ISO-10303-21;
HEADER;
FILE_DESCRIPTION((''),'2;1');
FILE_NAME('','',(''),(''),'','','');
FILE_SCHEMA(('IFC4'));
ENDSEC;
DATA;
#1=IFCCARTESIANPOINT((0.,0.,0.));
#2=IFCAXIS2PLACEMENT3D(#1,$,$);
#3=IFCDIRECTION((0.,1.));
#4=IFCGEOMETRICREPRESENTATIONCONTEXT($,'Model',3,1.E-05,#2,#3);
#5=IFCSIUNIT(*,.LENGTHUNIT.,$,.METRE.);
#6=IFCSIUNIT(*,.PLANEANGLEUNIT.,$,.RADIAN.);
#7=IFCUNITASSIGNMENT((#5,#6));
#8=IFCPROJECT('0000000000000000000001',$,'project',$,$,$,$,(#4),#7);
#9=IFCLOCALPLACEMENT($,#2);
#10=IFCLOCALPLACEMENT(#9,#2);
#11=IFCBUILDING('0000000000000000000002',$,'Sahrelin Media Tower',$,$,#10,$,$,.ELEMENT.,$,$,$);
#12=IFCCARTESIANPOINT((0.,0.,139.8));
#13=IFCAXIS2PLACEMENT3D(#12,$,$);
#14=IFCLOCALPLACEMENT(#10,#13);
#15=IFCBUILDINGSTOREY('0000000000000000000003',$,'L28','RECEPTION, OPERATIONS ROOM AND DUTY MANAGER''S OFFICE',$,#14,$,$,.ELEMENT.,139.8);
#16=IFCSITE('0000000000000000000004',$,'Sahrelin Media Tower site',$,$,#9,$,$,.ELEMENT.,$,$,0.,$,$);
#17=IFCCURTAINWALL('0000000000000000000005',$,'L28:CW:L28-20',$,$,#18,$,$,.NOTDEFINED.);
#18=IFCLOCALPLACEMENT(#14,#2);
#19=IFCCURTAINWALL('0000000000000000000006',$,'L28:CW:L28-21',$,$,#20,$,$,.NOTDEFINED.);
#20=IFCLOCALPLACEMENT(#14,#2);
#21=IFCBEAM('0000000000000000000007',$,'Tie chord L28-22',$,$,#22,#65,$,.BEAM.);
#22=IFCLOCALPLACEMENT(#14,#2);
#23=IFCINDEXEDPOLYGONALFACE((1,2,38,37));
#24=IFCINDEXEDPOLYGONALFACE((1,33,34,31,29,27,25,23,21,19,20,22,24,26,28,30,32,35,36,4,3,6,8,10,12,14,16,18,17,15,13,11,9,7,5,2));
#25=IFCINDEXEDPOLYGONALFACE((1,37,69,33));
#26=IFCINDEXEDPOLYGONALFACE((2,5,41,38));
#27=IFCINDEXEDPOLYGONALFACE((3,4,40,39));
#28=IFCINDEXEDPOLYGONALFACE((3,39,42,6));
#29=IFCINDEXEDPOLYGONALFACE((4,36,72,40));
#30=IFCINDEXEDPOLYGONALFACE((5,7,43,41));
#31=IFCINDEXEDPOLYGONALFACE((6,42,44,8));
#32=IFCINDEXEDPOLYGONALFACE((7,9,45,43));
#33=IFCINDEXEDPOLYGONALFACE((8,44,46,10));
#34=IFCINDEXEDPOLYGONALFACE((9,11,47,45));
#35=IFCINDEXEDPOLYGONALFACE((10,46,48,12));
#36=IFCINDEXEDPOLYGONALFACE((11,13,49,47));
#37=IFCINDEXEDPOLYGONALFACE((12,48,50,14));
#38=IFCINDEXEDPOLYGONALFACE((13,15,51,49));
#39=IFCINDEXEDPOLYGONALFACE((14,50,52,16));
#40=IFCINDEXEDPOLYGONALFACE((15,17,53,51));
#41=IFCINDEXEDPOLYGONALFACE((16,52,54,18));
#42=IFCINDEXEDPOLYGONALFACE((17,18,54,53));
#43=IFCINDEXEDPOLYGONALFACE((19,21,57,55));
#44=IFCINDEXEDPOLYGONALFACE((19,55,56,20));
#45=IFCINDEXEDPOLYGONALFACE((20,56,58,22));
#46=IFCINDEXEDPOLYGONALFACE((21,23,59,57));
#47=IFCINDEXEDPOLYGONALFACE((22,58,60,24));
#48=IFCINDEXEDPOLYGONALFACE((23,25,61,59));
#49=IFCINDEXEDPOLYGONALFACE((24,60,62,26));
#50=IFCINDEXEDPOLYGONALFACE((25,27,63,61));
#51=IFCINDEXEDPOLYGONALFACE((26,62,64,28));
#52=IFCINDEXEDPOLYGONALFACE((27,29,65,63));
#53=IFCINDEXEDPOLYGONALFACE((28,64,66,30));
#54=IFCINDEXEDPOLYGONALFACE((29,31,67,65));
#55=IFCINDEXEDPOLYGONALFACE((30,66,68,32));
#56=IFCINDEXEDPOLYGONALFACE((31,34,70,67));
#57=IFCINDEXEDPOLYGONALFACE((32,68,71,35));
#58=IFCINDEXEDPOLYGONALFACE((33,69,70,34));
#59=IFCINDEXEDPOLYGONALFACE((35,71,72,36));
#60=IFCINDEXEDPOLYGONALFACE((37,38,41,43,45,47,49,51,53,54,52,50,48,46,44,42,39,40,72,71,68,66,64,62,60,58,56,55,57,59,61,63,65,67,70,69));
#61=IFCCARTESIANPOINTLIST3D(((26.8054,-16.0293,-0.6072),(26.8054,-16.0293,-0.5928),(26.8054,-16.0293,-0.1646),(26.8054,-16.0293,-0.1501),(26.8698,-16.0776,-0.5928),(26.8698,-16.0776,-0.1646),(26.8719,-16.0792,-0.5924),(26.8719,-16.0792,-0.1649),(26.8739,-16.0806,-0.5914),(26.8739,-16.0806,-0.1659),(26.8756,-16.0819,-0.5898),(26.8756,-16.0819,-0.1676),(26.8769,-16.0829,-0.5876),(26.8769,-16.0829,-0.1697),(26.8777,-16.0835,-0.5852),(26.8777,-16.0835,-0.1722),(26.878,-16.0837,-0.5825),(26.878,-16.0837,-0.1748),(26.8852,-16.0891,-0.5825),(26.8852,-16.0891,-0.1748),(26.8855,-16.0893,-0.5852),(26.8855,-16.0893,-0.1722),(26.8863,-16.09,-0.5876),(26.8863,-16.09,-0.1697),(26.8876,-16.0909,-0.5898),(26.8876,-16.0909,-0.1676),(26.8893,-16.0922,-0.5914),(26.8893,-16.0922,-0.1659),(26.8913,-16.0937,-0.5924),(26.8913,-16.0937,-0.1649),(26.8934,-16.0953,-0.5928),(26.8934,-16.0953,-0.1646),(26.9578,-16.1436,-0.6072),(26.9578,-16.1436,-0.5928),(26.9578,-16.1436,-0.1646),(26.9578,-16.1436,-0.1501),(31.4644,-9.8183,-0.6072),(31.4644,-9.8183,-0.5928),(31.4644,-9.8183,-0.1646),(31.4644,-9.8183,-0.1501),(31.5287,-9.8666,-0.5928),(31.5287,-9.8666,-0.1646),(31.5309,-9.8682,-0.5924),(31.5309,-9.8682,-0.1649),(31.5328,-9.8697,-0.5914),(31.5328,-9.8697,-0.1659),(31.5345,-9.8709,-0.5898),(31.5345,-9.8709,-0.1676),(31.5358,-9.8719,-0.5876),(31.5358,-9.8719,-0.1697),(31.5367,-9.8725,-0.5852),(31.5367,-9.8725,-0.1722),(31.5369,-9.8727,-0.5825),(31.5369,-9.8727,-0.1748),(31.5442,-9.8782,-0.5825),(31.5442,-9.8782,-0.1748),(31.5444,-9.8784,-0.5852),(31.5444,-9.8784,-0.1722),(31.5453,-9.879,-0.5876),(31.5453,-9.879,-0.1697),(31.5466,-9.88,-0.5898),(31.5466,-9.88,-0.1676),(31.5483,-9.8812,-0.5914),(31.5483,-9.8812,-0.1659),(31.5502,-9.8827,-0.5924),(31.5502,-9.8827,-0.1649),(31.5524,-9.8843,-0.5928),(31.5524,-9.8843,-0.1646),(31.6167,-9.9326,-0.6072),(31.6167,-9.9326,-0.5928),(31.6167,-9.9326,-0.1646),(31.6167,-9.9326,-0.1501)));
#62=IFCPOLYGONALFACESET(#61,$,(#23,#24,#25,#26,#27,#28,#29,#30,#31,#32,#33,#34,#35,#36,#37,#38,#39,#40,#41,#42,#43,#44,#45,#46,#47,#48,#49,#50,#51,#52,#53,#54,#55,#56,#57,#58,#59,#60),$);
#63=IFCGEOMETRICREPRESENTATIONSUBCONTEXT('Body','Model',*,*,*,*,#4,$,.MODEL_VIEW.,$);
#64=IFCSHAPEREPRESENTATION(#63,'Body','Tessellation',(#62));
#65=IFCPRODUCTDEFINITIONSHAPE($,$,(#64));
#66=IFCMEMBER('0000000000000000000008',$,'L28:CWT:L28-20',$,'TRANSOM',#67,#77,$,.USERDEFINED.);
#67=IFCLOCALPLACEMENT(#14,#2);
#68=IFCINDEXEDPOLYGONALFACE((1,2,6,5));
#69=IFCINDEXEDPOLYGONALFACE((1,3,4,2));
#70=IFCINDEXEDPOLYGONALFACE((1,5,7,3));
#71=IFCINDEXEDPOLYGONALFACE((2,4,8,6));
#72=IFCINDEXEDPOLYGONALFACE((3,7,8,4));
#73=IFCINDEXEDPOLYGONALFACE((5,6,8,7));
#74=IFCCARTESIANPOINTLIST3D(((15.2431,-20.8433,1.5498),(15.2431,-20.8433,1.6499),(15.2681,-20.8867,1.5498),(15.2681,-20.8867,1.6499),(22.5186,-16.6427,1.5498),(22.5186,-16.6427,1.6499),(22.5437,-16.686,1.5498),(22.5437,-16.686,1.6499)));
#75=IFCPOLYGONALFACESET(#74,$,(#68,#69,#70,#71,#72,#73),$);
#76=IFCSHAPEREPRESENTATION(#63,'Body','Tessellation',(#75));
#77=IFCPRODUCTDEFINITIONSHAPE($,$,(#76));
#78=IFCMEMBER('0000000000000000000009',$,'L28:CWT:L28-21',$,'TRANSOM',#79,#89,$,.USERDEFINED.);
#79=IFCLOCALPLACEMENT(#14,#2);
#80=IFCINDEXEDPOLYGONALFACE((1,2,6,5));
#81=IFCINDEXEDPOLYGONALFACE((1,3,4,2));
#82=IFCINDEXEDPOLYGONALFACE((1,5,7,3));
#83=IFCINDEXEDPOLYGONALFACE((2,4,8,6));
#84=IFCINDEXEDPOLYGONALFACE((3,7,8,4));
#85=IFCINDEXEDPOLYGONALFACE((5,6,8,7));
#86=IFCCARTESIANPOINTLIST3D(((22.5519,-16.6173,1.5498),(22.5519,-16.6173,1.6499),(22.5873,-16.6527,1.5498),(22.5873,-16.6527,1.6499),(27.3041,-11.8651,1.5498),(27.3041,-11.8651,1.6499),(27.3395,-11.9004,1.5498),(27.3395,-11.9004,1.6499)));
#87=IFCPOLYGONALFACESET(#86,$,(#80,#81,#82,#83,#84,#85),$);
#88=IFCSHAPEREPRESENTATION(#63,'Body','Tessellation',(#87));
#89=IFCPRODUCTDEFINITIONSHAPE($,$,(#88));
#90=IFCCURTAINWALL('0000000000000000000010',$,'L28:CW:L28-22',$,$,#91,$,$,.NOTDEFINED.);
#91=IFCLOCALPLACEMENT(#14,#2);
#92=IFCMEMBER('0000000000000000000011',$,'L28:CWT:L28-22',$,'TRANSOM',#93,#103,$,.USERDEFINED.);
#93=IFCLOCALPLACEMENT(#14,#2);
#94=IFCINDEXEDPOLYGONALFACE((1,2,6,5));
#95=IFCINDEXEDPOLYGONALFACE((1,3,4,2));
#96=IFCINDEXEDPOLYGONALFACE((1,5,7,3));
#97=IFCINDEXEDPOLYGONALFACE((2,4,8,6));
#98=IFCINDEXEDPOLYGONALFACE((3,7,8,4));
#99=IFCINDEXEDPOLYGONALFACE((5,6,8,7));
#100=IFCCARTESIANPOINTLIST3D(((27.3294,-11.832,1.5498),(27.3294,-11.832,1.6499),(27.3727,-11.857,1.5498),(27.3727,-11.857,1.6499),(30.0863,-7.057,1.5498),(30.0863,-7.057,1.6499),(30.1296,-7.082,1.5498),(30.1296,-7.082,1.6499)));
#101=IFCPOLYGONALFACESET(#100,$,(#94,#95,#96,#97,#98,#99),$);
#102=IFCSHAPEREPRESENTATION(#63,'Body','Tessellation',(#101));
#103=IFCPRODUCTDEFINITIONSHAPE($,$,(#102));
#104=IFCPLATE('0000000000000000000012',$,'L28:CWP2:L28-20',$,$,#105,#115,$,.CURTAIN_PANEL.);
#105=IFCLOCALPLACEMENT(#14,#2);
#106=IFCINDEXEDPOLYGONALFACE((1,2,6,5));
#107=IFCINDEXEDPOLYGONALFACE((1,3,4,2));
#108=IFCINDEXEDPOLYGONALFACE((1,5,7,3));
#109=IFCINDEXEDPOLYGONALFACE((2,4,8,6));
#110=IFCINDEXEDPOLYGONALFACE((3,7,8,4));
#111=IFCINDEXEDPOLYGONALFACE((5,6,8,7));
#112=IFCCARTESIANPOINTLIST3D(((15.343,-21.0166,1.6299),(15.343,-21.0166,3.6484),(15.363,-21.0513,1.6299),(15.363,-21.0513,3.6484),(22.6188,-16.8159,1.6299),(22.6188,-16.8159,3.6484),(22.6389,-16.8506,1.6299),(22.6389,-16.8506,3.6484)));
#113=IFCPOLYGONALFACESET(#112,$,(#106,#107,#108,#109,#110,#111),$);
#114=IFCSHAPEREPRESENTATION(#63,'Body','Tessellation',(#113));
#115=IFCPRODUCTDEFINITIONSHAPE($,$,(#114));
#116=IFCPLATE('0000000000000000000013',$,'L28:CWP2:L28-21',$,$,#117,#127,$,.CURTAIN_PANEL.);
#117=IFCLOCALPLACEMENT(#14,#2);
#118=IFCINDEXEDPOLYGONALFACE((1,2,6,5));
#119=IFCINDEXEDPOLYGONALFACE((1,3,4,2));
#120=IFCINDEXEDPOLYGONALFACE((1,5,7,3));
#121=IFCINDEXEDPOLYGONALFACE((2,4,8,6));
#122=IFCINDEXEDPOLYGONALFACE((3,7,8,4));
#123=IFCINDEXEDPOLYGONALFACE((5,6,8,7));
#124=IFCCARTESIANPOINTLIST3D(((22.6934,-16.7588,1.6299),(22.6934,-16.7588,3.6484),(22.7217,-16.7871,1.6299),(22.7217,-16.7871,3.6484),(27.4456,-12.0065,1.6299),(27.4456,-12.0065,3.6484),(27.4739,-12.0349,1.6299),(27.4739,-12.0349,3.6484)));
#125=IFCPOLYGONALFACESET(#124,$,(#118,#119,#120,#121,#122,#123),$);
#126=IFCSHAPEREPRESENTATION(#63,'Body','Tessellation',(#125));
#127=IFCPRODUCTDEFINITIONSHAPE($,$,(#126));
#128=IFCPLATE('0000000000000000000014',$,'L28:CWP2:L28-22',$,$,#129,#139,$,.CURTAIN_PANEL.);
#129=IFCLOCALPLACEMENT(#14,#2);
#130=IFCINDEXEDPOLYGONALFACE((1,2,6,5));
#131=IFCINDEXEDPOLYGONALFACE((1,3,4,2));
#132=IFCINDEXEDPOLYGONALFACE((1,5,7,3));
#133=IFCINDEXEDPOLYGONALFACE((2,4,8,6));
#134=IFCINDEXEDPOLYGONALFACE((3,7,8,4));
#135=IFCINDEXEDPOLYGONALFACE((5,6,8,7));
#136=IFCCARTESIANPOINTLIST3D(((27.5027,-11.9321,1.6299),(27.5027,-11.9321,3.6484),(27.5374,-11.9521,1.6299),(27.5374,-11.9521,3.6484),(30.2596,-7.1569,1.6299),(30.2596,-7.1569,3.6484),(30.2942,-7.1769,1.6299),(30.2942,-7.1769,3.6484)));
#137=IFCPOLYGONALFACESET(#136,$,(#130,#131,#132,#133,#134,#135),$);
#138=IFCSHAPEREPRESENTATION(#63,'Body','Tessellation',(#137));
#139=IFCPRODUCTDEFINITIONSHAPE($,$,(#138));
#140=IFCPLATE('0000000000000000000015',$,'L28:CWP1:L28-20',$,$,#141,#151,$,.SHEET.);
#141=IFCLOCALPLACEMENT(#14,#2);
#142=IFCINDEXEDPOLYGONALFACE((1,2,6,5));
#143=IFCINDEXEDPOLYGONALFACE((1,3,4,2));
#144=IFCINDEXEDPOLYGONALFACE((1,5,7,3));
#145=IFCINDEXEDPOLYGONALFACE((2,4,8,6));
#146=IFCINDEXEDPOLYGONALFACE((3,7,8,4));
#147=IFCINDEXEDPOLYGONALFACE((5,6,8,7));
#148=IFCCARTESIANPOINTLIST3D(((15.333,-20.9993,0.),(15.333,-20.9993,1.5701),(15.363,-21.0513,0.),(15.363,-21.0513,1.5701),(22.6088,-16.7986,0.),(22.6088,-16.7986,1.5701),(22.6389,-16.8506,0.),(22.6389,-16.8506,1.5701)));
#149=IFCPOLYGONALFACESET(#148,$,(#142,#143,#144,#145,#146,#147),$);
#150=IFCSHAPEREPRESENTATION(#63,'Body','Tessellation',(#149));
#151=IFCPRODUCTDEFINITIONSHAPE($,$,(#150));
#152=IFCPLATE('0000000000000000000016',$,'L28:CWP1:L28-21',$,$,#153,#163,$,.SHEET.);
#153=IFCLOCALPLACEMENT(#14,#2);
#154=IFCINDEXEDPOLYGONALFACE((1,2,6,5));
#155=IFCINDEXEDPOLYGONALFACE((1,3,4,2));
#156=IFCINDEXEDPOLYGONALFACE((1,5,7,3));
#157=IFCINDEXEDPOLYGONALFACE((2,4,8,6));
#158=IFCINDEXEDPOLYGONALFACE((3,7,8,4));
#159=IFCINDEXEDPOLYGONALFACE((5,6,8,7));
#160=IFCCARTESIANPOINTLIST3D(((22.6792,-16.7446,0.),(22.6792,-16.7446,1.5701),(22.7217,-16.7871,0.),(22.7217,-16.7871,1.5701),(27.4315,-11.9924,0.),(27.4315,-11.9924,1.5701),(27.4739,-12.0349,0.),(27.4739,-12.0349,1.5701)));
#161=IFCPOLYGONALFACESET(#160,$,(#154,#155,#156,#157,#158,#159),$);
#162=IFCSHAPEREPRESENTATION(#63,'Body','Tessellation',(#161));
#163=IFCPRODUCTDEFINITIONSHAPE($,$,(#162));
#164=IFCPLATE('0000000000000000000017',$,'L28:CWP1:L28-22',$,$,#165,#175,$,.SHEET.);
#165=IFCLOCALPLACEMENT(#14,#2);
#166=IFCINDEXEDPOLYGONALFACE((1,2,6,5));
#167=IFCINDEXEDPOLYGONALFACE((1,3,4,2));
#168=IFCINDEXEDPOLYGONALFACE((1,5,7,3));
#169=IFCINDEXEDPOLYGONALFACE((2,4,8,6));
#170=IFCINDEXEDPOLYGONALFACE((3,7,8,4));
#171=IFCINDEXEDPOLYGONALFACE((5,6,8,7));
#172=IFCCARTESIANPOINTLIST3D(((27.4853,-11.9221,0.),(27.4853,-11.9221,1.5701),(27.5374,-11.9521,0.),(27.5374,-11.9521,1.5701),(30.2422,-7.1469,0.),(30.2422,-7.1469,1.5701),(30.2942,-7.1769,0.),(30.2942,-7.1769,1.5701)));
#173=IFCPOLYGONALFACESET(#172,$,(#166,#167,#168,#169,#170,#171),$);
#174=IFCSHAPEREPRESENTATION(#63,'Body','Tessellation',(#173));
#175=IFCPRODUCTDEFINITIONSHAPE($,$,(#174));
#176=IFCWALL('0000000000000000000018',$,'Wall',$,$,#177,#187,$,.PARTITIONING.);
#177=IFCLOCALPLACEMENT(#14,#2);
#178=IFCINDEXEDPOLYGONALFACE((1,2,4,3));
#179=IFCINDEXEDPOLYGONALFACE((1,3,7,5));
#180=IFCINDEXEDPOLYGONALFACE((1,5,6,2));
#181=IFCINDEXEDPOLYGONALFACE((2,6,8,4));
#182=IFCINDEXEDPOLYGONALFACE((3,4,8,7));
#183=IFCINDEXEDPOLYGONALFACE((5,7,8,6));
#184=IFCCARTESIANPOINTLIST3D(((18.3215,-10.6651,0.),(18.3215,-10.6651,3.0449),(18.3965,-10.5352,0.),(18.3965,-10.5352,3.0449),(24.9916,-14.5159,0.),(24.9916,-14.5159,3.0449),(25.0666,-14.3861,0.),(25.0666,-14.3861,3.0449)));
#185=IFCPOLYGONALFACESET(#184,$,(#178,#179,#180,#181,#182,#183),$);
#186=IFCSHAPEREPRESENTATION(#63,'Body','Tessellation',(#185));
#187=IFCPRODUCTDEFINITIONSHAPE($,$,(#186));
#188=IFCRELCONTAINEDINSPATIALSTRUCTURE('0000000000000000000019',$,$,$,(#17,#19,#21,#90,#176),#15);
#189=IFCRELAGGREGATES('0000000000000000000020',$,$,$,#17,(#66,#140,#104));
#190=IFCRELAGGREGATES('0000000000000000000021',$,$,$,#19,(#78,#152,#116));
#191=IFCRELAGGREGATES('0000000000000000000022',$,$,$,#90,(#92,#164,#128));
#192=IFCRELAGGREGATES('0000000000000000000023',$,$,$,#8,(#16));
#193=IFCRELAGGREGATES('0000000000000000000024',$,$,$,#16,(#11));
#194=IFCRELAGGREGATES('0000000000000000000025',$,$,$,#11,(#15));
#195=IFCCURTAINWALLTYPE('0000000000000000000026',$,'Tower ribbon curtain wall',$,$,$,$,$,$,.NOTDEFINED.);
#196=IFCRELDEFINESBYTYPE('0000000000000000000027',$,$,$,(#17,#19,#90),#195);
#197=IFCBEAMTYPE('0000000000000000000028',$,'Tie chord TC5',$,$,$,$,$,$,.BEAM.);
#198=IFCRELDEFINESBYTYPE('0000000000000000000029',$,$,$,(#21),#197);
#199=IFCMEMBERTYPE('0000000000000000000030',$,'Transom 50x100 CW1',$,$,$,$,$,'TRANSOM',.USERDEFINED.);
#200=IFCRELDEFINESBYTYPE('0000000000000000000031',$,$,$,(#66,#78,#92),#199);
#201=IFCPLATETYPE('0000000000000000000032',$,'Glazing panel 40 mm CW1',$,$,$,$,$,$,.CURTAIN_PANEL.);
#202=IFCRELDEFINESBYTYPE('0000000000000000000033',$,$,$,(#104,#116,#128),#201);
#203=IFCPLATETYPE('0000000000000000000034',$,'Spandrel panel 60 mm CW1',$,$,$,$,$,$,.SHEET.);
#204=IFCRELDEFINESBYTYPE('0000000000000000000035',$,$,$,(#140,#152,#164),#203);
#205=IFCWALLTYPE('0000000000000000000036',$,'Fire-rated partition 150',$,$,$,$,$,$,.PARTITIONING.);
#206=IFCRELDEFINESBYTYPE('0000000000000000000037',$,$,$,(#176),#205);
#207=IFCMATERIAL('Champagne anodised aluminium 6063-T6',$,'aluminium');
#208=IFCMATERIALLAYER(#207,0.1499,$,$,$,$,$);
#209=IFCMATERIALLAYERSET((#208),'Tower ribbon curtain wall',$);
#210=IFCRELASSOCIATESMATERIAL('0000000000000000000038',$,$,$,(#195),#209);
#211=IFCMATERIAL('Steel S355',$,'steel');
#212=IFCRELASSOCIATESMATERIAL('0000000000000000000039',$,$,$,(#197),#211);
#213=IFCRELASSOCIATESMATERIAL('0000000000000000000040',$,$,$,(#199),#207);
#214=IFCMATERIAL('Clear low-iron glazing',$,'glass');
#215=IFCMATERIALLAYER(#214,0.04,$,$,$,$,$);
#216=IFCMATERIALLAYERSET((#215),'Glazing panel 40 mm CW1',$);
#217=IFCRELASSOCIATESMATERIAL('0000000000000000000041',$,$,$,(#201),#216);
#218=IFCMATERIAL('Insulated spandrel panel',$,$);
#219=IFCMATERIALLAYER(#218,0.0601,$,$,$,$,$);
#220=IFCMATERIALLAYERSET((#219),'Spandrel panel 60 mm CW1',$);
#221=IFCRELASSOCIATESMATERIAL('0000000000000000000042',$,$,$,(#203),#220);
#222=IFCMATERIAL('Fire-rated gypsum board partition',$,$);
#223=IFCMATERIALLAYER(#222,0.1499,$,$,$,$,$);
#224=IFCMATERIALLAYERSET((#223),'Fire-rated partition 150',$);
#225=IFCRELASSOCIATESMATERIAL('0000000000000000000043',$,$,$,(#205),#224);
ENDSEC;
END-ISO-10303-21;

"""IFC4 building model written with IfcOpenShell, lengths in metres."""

from ifc_helpers import new_model, si_unit, direction, frame, frame_2d, origin, origin_2d, place, context, subcontext, project, spatial, polyline, rectangle, i_section, outline, extrude, material, layer, layer_set, material_profile, profile_set, type_object, element, aggregate, save


model = new_model("IFC4")

# Units and contexts
model_context = context("Model", 3, precision=1e-05, world=origin(), true_north=direction((0.0, 1.0)))
body_context = subcontext(model_context, "Body", "Model", "MODEL_VIEW")
ifc_project = project(units=[si_unit("LENGTHUNIT", "METRE"), si_unit("PLANEANGLEUNIT", "RADIAN")], contexts=[model_context])

# Site, building, storey
site_placement = place(None, origin())
site = spatial("IfcSite", under=ifc_project, at=site_placement, Name="Sahrelin Media Tower site", CompositionType="ELEMENT", RefElevation=0.0)
building_placement = place(site_placement, origin())
building = spatial("IfcBuilding", under=site, at=building_placement, Name="Sahrelin Media Tower", CompositionType="ELEMENT")
storey_placement = place(building_placement, frame((0.0, 0.0, 139.8)))
storey = spatial("IfcBuildingStorey", under=building, at=storey_placement, Name="L28", Description="RECEPTION, OPERATIONS ROOM AND DUTY MANAGER'S OFFICE", CompositionType="ELEMENT", Elevation=139.8)

# Shared definitions
ifc_material_1 = material(Name="Steel S355", Category="steel")

# Curtain walls
ifc_material_2 = material(Name="Champagne anodised aluminium 6063-T6", Category="aluminium")
ifc_layer_1 = layer(ifc_material_2, 0.1499)
ifc_layer_set_1 = layer_set([ifc_layer_1], Name="Tower ribbon curtain wall")
curtain_wall_type = type_object("IfcCurtainWallType", Name="Tower ribbon curtain wall", PredefinedType="NOTDEFINED", material=ifc_layer_set_1)
curtain_wall_1_placement = place(storey_placement, frame((18.991, -18.9336, 0.0), z_axis=(0.0, 0.0, 1.0), x_axis=(1.0, 0.0, 0.0)))
curtain_wall_1 = element("IfcCurtainWall", 1, at=curtain_wall_1_placement, inside=storey, type_object=curtain_wall_type, Name="L28:CW:L28-20", PredefinedType="NOTDEFINED")
curtain_wall_2_placement = place(storey_placement, frame((25.0835, -14.397, 0.0), z_axis=(0.0, 0.0, 1.0), x_axis=(1.0, 0.0, 0.0)))
curtain_wall_2 = element("IfcCurtainWall", 2, at=curtain_wall_2_placement, inside=storey, type_object=curtain_wall_type, Name="L28:CW:L28-21", PredefinedType="NOTDEFINED")

# Beam
ifc_material_profile_1 = material_profile(ifc_material_1, i_section(OverallWidth=0.1904, OverallDepth=0.457, WebThickness=0.009, FlangeThickness=0.0144, FilletRadius=0.0103, at=origin_2d()), Name="UB 457x191x74")
ifc_profile_set_1 = profile_set([ifc_material_profile_1], Name="Steel S355")
beam_type_1 = type_object("IfcBeamType", Name="Tie chord TC5", PredefinedType="BEAM", material=ifc_profile_set_1)
beam_1_placement = place(storey_placement, frame((26.8816, -16.0864, -0.3787), z_axis=(0.60006, 0.799955, 0.0), x_axis=(-0.799955, 0.60006, 0.0)))
element("IfcBeam", 3, at=beam_1_placement, inside=storey, type_object=beam_type_1, Name="Tie chord L28-22", PredefinedType="BEAM", context=body_context, shape_type="SweptSolid", body=[
    extrude(i_section(OverallWidth=0.1904, OverallDepth=0.457, WebThickness=0.009, FlangeThickness=0.0144, FilletRadius=0.0103, at=origin_2d()), origin(), (0.0, 0.0, 1.0), 7.7642),
])

# Members
ifc_material_profile_2 = material_profile(ifc_material_2, rectangle(XDim=0.05, YDim=0.1001, at=origin_2d()), Name="Transom 50x100")
ifc_profile_set_2 = profile_set([ifc_material_profile_2], Name="Champagne anodised aluminium 6063-T6")
member_type_1 = type_object("IfcMemberType", Name="Transom 50x100 CW1", ElementType="TRANSOM", PredefinedType="USERDEFINED", material=ifc_profile_set_2)
member_1_placement = place(storey_placement, frame((15.2556, -20.865, 1.5999), z_axis=(0.866021, 0.500008, 0.0), x_axis=(-0.500008, 0.866021, 0.0)))
member_1 = element("IfcMember", 4, at=member_1_placement, type_object=member_type_1, Name="L28:CWT:L28-20", ObjectType="TRANSOM", PredefinedType="USERDEFINED", context=body_context, shape_type="SweptSolid", body=[
    extrude(rectangle(XDim=0.05, YDim=0.1001, at=origin_2d()), origin(), (0.0, 0.0, 1.0), 8.4011),
])
member_2_placement = place(storey_placement, frame((22.5696, -16.635, 1.5999), z_axis=(0.707107, 0.707107, 0.0), x_axis=(-0.707107, 0.707107, 0.0)))
member_2 = element("IfcMember", 5, at=member_2_placement, type_object=member_type_1, Name="L28:CWT:L28-21", ObjectType="TRANSOM", PredefinedType="USERDEFINED", context=body_context, shape_type="SweptSolid", body=[
    extrude(rectangle(XDim=0.05, YDim=0.1001, at=origin_2d()), origin(), (0.0, 0.0, 1.0), 6.7207),
])

# Curtain wall, member
curtain_wall_3_placement = place(storey_placement, frame((28.8984, -9.5547, 0.0), z_axis=(0.0, 0.0, 1.0), x_axis=(1.0, 0.0, 0.0)))
curtain_wall_3 = element("IfcCurtainWall", 6, at=curtain_wall_3_placement, inside=storey, type_object=curtain_wall_type, Name="L28:CW:L28-22", PredefinedType="NOTDEFINED")
member_3_placement = place(storey_placement, frame((27.3511, -11.8445, 1.5999), z_axis=(0.500006, 0.866022, 0.0), x_axis=(-0.866022, 0.500006, 0.0)))
member_3 = element("IfcMember", 7, at=member_3_placement, type_object=member_type_1, Name="L28:CWT:L28-22", ObjectType="TRANSOM", PredefinedType="USERDEFINED", context=body_context, shape_type="SweptSolid", body=[
    extrude(rectangle(XDim=0.05, YDim=0.1001, at=origin_2d()), origin(), (0.0, 0.0, 1.0), 5.5137),
])

# Plates
ifc_material_3 = material(Name="Clear low-iron glazing", Category="glass")
ifc_layer_2 = layer(ifc_material_3, 0.04)
ifc_layer_set_2 = layer_set([ifc_layer_2], Name="Glazing panel 40 mm CW1")
plate_type_1 = type_object("IfcPlateType", Name="Glazing panel 40 mm CW1", PredefinedType="CURTAIN_PANEL", material=ifc_layer_set_2)
plate_1_placement = place(storey_placement, frame((15.363, -21.0513, 1.6299), z_axis=(0.499996, -0.866028, 0.0), x_axis=(0.866028, 0.499996, 0.0)))
plate_1 = element("IfcPlate", 8, at=plate_1_placement, type_object=plate_type_1, Name="L28:CWP2:L28-20", PredefinedType="CURTAIN_PANEL", context=body_context, shape_type="SweptSolid", body=[
    extrude(outline(polyline([(0.0, 0.0), (8.4014, 0.0), (8.4014, 2.0186), (0.0, 2.0186), (0.0, 0.0)])), origin(), (0.0, 0.0, -1.0), 0.04),
])
plate_2_placement = place(storey_placement, frame((22.7217, -16.7871, 1.6299), z_axis=(0.707107, -0.707107, 0.0), x_axis=(0.707107, 0.707107, 0.0)))
plate_2 = element("IfcPlate", 9, at=plate_2_placement, type_object=plate_type_1, Name="L28:CWP2:L28-21", PredefinedType="CURTAIN_PANEL", context=body_context, shape_type="SweptSolid", body=[
    extrude(outline(polyline([(0.0, 0.0), (6.7207, 0.0), (6.7207, 2.0186), (0.0, 2.0186), (0.0, 0.0)])), origin(), (0.0, 0.0, -1.0), 0.04),
])
plate_3_placement = place(storey_placement, frame((27.5374, -11.9521, 1.6299), z_axis=(0.866033, -0.499987, 0.0), x_axis=(0.499987, 0.866033, 0.0)))
plate_3 = element("IfcPlate", 10, at=plate_3_placement, type_object=plate_type_1, Name="L28:CWP2:L28-22", PredefinedType="CURTAIN_PANEL", context=body_context, shape_type="SweptSolid", body=[
    extrude(outline(polyline([(0.0, 0.0), (5.5139, 0.0), (5.5139, 2.0186), (0.0, 2.0186), (0.0, 0.0)])), origin(), (0.0, 0.0, -1.0), 0.04),
])
ifc_material_4 = material(Name="Insulated spandrel panel")
ifc_layer_3 = layer(ifc_material_4, 0.0601)
ifc_layer_set_3 = layer_set([ifc_layer_3], Name="Spandrel panel 60 mm CW1")
plate_type_2 = type_object("IfcPlateType", Name="Spandrel panel 60 mm CW1", PredefinedType="SHEET", material=ifc_layer_set_3)
plate_4_placement = place(storey_placement, frame((15.363, -21.0513, 0.0), z_axis=(0.499996, -0.866028, 0.0), x_axis=(0.866028, 0.499996, 0.0)))
plate_4 = element("IfcPlate", 11, at=plate_4_placement, type_object=plate_type_2, Name="L28:CWP1:L28-20", PredefinedType="SHEET", context=body_context, shape_type="SweptSolid", body=[
    extrude(outline(polyline([(0.0, 0.0), (8.4014, 0.0), (8.4014, 1.5701), (0.0, 1.5701), (0.0, 0.0)])), origin(), (0.0, 0.0, -1.0), 0.0601),
])
aggregate(curtain_wall_1, [member_1, plate_4, plate_1])
plate_5_placement = place(storey_placement, frame((22.7217, -16.7871, 0.0), z_axis=(0.707107, -0.707107, 0.0), x_axis=(0.707107, 0.707107, 0.0)))
plate_5 = element("IfcPlate", 12, at=plate_5_placement, type_object=plate_type_2, Name="L28:CWP1:L28-21", PredefinedType="SHEET", context=body_context, shape_type="SweptSolid", body=[
    extrude(outline(polyline([(0.0, 0.0), (6.7207, 0.0), (6.7207, 1.5701), (0.0, 1.5701), (0.0, 0.0)])), origin(), (0.0, 0.0, -1.0), 0.0601),
])
aggregate(curtain_wall_2, [member_2, plate_5, plate_2])
plate_6_placement = place(storey_placement, frame((27.5374, -11.9521, 0.0), z_axis=(0.866033, -0.499987, 0.0), x_axis=(0.499987, 0.866033, 0.0)))
plate_6 = element("IfcPlate", 13, at=plate_6_placement, type_object=plate_type_2, Name="L28:CWP1:L28-22", PredefinedType="SHEET", context=body_context, shape_type="SweptSolid", body=[
    extrude(outline(polyline([(0.0, 0.0), (5.5139, 0.0), (5.5139, 1.5701), (0.0, 1.5701), (0.0, 0.0)])), origin(), (0.0, 0.0, -1.0), 0.0601),
])
aggregate(curtain_wall_3, [member_3, plate_6, plate_3])

# Wall
ifc_material_5 = material(Name="Fire-rated gypsum board partition")
ifc_layer_4 = layer(ifc_material_5, 0.1499)
ifc_layer_set_4 = layer_set([ifc_layer_4], Name="Fire-rated partition 150")
wall_type_1 = type_object("IfcWallType", Name="Fire-rated partition 150", PredefinedType="PARTITIONING", material=ifc_layer_set_4)
wall_1_placement = place(storey_placement, frame((18.3589, -10.6001, 0.0), z_axis=(0.0, 0.0, 1.0), x_axis=(0.866036, -0.499981, 0.0)))
element("IfcWall", 14, at=wall_1_placement, inside=storey, type_object=wall_type_1, Name="Wall", PredefinedType="PARTITIONING", context=body_context, shape_type="SweptSolid", body=[
    extrude(rectangle(XDim=7.7019, YDim=0.1499, at=frame_2d((3.8511, 0.0))), origin(), (0.0, 0.0, 1.0), 3.0449),
])

save(model, "model.ifc")
